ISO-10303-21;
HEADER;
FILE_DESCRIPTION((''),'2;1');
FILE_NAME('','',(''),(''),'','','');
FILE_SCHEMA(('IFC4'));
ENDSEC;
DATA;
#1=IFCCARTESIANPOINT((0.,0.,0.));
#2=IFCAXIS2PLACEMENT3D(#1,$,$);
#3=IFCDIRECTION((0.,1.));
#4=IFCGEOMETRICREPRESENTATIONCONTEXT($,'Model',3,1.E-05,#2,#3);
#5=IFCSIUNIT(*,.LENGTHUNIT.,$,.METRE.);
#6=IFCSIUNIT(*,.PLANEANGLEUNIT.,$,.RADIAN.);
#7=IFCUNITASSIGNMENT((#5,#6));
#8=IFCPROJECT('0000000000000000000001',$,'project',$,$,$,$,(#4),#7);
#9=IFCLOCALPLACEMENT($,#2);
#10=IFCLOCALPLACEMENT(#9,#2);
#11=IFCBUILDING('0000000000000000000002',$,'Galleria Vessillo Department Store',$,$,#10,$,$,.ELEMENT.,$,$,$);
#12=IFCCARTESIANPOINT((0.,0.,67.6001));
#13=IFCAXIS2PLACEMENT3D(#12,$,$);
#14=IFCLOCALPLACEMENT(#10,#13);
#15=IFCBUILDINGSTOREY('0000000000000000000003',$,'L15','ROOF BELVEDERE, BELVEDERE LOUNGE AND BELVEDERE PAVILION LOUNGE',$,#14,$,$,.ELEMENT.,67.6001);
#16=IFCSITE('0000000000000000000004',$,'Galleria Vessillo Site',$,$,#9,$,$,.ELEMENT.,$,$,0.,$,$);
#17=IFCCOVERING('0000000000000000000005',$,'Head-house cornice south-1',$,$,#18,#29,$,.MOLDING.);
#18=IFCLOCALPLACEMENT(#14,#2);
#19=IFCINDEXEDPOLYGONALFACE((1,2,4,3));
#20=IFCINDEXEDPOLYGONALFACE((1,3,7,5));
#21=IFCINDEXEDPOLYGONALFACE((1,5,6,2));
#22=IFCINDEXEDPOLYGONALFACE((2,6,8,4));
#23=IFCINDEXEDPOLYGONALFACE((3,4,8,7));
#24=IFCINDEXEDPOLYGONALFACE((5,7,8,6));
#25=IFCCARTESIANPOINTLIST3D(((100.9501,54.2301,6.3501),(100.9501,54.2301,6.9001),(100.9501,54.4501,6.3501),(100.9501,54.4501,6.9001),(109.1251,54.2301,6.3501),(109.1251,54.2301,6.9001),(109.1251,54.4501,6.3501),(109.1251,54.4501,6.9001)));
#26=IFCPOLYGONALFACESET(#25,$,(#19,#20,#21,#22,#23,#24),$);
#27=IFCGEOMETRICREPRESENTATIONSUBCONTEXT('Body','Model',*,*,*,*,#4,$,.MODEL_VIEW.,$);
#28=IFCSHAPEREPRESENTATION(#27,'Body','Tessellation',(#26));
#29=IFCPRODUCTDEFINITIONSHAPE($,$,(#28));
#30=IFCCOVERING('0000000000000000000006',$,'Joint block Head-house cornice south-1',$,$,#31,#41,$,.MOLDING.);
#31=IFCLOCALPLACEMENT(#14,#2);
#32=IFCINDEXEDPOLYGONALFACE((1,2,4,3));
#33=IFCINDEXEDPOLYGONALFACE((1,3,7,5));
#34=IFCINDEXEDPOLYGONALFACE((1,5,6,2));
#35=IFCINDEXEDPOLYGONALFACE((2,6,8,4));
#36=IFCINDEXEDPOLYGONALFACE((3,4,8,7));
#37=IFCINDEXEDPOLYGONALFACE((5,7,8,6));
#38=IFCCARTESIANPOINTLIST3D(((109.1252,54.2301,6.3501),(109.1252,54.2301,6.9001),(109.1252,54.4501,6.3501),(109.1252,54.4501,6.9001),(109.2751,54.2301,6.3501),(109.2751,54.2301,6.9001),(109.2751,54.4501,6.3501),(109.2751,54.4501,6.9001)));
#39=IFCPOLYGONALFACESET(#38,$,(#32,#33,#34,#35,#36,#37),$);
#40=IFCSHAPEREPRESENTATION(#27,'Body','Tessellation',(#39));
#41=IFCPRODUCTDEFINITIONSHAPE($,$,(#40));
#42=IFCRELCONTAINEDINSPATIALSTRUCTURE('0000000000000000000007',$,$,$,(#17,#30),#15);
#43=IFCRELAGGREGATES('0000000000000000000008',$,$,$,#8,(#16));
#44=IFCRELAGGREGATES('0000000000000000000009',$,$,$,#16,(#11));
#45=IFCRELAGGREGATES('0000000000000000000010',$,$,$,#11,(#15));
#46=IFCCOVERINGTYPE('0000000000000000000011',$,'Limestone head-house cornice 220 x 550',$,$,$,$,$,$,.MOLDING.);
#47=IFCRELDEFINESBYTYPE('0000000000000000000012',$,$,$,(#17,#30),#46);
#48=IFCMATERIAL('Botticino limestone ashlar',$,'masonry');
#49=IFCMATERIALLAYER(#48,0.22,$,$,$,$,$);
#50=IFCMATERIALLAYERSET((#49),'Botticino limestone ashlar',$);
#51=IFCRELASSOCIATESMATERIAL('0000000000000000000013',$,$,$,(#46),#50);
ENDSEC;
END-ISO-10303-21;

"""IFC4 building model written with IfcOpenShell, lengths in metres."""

from ifc_helpers import new_model, si_unit, direction, frame, origin, origin_2d, place, context, subcontext, project, spatial, rectangle, extrude, material, layer, layer_set, type_object, element, save


model = new_model("IFC4")

# Units and contexts
model_context = context("Model", 3, precision=1e-05, world=origin(), true_north=direction((0.0, 1.0)))
body_context = subcontext(model_context, "Body", "Model", "MODEL_VIEW")
ifc_project = project(units=[si_unit("LENGTHUNIT", "METRE"), si_unit("PLANEANGLEUNIT", "RADIAN")], contexts=[model_context])

# Site, building, storey
site_placement = place(None, origin())
site = spatial("IfcSite", under=ifc_project, at=site_placement, Name="Galleria Vessillo Site", CompositionType="ELEMENT", RefElevation=0.0)
building_placement = place(site_placement, origin())
building = spatial("IfcBuilding", under=site, at=building_placement, Name="Galleria Vessillo Department Store", CompositionType="ELEMENT")
storey_placement = place(building_placement, frame((0.0, 0.0, 67.6001)))
storey = spatial("IfcBuildingStorey", under=building, at=storey_placement, Name="L15", Description="ROOF BELVEDERE, BELVEDERE LOUNGE AND BELVEDERE PAVILION LOUNGE", CompositionType="ELEMENT", Elevation=67.6001)

# Coverings
ifc_material_1 = material(Name="Botticino limestone ashlar", Category="masonry")
ifc_layer_1 = layer(ifc_material_1, 0.22)
ifc_layer_set_1 = layer_set([ifc_layer_1], Name="Botticino limestone ashlar")
covering_type = type_object("IfcCoveringType", Name="Limestone head-house cornice 220 x 550", PredefinedType="MOLDING", material=ifc_layer_set_1)
covering_1_placement = place(storey_placement, frame((105.0376, 54.3401, 6.3501), z_axis=(0.0, 0.0, 1.0), x_axis=(1.0, 0.0, 0.0)))
element("IfcCovering", 1, at=covering_1_placement, inside=storey, type_object=covering_type, Name="Head-house cornice south-1", PredefinedType="MOLDING", context=body_context, shape_type="SweptSolid", body=[
    extrude(rectangle(XDim=8.175, YDim=0.22, at=origin_2d()), origin(), (0.0, 0.0, 1.0), 0.55),
])
covering_2_placement = place(storey_placement, frame((109.2002, 54.3401, 6.3501), z_axis=(0.0, 0.0, 1.0), x_axis=(1.0, 0.0, 0.0)))
element("IfcCovering", 2, at=covering_2_placement, inside=storey, type_object=covering_type, Name="Joint block Head-house cornice south-1", PredefinedType="MOLDING", context=body_context, shape_type="SweptSolid", body=[
    extrude(rectangle(XDim=0.1499, YDim=0.22, at=origin_2d()), origin(), (0.0, 0.0, 1.0), 0.55),
])

save(model, "model.ifc")
